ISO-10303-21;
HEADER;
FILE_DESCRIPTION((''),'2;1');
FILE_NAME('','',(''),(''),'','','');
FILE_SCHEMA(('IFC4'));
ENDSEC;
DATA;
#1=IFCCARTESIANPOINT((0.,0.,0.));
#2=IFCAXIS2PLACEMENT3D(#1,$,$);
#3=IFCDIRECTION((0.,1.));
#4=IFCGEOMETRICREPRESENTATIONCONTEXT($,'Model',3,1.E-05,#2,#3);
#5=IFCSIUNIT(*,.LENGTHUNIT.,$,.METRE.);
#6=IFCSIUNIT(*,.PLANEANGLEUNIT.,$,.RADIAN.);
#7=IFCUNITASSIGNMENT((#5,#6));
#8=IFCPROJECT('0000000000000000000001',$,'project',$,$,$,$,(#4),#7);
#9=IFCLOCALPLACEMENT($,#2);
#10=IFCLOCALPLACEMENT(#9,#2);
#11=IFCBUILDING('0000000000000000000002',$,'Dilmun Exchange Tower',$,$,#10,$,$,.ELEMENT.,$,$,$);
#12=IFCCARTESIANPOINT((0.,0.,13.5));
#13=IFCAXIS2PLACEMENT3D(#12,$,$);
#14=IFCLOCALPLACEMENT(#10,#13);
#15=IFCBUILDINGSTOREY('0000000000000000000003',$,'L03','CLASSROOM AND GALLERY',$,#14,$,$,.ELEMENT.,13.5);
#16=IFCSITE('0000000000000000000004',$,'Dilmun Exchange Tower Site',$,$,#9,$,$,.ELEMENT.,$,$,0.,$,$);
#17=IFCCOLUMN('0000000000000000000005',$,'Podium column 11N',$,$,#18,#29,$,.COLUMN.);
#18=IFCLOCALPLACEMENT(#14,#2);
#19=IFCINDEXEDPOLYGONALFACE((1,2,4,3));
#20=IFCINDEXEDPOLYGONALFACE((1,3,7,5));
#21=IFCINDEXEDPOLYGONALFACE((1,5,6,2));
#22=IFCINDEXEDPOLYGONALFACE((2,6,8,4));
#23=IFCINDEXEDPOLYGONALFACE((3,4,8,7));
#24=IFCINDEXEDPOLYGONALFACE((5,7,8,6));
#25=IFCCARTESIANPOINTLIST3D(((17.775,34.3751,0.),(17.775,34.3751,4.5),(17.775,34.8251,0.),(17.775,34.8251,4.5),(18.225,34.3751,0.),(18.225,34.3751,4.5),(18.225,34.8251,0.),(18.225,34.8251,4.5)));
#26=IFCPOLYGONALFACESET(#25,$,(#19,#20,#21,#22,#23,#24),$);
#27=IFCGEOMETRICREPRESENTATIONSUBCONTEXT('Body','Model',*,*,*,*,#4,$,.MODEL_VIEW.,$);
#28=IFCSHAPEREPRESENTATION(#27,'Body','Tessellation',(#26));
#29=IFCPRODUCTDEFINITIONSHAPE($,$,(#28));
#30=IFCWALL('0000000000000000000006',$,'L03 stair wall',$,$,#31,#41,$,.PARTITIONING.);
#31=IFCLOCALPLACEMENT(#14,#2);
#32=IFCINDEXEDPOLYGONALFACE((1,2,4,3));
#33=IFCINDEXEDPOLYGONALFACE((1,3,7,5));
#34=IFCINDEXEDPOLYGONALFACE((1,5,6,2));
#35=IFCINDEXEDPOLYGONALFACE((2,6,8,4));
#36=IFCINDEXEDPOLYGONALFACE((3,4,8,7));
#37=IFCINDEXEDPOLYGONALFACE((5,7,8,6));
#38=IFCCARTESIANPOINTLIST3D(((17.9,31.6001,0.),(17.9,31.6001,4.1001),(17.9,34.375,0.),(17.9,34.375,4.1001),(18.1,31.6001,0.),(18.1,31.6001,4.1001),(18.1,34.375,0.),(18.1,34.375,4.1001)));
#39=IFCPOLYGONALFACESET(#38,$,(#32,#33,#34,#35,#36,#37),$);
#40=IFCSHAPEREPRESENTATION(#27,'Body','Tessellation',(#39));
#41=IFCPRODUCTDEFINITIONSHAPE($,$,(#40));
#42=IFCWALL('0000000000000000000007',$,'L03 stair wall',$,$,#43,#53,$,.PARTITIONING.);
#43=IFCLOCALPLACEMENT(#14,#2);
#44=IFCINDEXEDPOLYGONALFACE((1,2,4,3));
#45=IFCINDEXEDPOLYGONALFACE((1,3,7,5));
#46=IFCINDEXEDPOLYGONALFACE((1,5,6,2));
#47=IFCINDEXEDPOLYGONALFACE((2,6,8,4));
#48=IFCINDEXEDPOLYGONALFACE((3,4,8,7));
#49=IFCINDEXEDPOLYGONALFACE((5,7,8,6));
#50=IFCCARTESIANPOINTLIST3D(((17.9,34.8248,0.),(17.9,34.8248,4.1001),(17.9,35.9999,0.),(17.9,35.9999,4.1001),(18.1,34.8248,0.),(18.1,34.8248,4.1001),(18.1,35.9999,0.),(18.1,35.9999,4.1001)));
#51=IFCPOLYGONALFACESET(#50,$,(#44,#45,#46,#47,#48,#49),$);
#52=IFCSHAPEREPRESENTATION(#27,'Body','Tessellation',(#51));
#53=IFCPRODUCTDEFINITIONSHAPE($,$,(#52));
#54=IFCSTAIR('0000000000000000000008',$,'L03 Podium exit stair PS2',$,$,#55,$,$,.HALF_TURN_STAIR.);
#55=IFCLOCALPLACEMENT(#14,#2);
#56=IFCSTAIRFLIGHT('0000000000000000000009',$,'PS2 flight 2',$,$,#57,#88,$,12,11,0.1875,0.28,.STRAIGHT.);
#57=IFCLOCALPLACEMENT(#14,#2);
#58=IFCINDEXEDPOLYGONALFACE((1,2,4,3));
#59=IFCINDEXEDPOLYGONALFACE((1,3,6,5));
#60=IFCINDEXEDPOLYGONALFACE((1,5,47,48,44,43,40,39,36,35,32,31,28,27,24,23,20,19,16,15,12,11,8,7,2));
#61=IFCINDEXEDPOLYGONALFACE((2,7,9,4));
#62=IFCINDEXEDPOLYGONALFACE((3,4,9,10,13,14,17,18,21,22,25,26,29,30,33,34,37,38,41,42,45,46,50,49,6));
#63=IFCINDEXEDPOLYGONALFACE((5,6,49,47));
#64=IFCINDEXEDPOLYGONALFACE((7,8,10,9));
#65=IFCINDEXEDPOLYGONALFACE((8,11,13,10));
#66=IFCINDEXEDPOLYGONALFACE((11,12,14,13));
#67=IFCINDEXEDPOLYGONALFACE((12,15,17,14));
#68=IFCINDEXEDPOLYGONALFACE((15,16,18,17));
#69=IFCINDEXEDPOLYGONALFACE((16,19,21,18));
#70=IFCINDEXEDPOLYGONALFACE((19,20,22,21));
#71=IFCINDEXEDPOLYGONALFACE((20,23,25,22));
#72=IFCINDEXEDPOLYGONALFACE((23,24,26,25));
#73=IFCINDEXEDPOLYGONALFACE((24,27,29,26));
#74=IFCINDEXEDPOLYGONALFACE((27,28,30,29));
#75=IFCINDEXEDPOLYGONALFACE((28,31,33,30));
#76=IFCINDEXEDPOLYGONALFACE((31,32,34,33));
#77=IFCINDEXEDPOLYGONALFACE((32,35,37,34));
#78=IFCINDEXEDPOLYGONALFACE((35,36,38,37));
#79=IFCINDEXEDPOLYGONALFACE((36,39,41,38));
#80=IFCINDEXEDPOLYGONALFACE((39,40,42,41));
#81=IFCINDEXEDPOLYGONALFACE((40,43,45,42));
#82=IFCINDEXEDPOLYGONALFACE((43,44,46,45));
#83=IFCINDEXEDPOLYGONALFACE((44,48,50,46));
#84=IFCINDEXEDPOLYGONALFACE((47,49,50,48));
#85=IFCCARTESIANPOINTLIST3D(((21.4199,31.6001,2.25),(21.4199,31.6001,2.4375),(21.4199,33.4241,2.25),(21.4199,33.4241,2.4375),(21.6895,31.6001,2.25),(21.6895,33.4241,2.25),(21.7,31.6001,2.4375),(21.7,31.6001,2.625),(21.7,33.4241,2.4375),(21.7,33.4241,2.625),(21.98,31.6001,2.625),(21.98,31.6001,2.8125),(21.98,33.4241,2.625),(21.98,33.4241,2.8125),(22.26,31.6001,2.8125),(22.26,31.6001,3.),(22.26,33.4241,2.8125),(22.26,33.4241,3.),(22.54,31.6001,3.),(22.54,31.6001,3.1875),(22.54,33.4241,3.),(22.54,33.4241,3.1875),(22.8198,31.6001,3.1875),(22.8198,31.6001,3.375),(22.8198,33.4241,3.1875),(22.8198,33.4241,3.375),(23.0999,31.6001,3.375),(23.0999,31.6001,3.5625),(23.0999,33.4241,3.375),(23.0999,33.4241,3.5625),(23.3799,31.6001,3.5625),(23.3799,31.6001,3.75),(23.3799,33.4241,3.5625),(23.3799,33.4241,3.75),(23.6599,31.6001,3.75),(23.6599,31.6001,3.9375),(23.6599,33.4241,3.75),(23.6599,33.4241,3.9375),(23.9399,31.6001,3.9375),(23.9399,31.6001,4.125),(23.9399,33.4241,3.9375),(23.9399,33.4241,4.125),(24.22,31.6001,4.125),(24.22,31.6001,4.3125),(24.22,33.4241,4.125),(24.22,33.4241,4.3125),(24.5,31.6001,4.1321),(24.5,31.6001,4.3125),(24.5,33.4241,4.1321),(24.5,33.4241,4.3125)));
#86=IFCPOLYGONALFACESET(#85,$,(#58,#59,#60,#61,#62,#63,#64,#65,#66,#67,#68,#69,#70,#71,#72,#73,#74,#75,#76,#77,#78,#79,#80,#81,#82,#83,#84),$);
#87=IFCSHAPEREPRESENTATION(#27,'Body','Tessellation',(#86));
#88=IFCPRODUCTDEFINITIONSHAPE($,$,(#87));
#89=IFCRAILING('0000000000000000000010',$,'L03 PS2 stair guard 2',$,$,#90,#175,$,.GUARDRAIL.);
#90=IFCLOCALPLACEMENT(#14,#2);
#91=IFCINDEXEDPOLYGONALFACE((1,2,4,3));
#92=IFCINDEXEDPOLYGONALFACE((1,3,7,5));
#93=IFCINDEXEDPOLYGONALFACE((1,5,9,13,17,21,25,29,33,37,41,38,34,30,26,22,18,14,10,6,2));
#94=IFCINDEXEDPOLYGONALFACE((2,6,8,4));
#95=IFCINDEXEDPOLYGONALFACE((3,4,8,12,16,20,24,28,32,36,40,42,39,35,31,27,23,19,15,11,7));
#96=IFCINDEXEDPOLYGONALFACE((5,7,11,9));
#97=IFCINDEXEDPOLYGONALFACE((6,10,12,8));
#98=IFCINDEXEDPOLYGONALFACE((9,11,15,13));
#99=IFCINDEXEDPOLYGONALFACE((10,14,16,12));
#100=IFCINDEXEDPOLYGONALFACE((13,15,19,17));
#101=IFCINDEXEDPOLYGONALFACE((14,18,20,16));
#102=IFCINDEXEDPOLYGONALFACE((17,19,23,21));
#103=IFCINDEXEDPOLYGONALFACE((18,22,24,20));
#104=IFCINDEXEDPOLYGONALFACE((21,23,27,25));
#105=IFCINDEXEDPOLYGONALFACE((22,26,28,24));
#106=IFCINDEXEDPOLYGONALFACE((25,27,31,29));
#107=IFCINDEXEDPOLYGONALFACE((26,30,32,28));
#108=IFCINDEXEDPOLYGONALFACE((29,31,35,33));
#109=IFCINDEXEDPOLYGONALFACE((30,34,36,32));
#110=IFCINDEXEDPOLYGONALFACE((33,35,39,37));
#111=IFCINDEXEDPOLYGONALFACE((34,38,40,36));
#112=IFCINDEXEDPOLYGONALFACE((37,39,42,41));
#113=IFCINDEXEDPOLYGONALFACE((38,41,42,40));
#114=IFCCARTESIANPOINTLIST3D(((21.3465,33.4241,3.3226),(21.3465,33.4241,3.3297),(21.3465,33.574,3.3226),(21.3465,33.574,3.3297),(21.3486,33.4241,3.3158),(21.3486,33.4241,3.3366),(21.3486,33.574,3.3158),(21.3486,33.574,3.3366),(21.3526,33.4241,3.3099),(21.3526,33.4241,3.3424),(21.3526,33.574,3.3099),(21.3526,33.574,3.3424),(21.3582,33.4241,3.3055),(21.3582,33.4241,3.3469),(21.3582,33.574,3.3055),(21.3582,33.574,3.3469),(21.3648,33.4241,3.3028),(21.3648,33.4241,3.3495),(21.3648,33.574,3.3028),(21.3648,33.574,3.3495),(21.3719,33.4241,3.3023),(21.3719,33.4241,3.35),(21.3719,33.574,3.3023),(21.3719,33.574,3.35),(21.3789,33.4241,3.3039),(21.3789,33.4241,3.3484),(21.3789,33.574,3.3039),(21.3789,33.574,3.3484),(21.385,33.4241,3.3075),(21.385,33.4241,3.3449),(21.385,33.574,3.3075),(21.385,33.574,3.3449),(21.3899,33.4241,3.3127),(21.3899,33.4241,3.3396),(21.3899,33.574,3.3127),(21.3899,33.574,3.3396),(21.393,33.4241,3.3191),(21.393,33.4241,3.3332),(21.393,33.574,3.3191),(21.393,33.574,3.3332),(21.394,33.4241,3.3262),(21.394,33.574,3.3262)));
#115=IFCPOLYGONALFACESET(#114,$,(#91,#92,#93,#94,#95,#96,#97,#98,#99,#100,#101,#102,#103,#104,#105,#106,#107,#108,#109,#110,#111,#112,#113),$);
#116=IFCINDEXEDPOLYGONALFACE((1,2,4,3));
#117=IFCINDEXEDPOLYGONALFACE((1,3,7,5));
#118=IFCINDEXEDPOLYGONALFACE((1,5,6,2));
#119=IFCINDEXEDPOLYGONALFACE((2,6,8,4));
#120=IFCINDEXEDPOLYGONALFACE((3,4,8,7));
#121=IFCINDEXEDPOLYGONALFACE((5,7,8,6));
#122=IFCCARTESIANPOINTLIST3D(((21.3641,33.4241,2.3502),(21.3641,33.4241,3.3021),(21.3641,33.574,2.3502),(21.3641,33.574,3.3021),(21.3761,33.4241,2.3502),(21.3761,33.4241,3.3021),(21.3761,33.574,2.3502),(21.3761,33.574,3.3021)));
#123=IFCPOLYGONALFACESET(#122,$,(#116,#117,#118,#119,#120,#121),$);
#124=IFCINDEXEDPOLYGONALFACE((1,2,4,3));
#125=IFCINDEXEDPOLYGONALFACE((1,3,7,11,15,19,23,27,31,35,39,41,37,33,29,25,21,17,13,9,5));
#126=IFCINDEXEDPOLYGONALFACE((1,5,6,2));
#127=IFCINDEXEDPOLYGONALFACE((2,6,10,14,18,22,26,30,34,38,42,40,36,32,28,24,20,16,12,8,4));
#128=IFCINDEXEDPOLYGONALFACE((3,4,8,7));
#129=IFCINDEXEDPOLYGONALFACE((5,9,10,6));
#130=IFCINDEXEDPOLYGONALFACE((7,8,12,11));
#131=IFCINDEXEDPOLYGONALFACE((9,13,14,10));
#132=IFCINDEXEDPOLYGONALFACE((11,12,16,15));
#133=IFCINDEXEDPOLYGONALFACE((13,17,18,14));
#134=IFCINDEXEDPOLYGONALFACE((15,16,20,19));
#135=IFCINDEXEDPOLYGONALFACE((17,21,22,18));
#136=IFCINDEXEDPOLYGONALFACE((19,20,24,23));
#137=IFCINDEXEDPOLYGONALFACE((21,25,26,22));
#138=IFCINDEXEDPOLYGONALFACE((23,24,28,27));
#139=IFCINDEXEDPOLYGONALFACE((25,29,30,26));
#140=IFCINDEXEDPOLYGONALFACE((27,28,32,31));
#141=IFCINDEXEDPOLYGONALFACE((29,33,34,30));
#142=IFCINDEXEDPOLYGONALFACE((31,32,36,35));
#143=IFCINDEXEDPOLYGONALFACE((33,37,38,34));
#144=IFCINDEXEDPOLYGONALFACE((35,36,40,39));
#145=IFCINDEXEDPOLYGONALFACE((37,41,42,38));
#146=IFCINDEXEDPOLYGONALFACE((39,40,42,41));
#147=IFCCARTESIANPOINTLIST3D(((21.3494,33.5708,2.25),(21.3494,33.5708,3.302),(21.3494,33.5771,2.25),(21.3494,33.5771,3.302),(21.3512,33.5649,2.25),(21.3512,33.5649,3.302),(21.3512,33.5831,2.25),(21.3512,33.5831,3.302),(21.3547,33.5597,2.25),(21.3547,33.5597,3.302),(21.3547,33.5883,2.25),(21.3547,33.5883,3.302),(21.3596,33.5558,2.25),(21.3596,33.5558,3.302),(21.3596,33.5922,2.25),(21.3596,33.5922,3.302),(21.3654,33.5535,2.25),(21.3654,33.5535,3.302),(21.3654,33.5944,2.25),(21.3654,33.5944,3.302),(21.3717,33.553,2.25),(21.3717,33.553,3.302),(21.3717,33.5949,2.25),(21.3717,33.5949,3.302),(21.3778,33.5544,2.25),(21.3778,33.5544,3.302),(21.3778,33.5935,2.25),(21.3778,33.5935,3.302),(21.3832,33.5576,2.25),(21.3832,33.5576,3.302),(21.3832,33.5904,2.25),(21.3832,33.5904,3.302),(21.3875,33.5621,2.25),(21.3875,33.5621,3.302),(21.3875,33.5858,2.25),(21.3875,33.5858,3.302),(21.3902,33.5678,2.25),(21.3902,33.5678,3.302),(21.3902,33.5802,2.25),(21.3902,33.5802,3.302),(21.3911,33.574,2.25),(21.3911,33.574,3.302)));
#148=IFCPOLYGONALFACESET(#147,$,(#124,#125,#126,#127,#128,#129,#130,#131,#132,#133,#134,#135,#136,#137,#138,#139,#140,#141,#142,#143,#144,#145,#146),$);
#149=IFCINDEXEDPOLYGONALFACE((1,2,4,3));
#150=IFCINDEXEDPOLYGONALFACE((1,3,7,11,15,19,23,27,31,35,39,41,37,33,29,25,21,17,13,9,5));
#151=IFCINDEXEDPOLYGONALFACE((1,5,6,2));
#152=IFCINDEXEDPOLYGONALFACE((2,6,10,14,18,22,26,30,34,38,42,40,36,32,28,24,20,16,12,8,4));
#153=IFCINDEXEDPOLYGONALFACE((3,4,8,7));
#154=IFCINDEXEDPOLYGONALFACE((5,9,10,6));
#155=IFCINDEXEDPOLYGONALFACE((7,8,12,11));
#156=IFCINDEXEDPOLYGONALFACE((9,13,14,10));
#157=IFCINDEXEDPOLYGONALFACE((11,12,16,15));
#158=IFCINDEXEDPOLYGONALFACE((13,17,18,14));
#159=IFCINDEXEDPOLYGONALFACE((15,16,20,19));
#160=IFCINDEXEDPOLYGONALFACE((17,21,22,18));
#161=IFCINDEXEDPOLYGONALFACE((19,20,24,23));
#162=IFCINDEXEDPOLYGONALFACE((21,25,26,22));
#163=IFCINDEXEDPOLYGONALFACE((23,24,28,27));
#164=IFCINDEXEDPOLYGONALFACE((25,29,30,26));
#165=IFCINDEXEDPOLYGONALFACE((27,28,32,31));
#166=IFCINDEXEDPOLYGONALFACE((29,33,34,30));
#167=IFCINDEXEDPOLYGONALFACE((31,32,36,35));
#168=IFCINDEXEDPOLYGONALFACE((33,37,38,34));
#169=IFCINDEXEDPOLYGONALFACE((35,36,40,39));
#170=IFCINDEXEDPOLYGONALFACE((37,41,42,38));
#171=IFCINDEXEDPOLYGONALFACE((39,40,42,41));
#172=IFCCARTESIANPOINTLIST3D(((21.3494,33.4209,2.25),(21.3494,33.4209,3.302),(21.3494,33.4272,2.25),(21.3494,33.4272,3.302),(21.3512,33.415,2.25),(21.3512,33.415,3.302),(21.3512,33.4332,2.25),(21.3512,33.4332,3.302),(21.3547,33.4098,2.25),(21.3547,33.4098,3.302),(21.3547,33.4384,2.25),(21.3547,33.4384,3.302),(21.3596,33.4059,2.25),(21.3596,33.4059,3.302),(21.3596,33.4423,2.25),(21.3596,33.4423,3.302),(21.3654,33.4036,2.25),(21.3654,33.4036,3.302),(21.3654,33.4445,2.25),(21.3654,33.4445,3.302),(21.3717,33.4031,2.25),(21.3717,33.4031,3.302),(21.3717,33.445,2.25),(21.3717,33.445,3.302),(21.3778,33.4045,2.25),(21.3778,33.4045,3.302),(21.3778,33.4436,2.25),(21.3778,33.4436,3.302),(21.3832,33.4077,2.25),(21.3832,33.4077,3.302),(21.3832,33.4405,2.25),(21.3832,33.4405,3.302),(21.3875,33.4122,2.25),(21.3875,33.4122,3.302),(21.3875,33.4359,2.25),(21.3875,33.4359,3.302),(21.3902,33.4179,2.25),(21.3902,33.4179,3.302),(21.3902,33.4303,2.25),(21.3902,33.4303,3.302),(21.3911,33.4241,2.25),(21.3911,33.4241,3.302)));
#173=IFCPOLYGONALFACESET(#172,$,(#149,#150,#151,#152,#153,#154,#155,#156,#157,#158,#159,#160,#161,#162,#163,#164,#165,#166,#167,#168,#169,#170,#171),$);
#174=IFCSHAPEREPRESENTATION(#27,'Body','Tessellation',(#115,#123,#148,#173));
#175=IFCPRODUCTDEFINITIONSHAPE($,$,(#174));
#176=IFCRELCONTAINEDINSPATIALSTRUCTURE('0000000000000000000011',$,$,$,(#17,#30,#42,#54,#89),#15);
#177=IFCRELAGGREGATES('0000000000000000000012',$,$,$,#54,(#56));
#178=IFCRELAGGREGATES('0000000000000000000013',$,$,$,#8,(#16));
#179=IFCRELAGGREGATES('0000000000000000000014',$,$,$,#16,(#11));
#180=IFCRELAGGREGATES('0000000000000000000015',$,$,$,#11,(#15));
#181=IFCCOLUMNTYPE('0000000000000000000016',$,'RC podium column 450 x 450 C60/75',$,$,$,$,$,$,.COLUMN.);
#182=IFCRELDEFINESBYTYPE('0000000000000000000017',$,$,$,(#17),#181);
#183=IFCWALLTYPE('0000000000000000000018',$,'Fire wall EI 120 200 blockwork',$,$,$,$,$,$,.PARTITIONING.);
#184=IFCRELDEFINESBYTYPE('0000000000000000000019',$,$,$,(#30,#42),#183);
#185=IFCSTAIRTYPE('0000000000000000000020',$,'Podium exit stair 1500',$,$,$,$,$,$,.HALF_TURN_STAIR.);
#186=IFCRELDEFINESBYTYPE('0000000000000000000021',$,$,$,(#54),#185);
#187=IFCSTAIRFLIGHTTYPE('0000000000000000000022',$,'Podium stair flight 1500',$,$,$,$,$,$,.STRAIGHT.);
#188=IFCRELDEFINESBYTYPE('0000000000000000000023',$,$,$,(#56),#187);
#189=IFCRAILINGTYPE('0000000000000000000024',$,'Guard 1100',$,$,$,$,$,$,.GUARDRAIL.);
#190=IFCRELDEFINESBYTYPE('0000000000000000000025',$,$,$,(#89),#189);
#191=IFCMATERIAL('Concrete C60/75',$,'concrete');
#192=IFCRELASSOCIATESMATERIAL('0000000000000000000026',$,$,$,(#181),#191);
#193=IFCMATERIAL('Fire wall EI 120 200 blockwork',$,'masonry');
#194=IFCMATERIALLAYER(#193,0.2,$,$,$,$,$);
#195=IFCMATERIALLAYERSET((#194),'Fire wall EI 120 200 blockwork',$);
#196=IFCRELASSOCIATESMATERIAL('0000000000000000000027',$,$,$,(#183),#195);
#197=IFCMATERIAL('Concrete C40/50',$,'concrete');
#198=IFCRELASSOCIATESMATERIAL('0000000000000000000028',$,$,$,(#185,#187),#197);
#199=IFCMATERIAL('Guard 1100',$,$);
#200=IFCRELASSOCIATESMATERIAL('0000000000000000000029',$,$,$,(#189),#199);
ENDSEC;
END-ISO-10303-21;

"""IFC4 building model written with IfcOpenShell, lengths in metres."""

from ifc_helpers import new_model, si_unit, direction, frame, frame_2d, origin, origin_2d, place, context, subcontext, project, spatial, polyline, rectangle, circle, outline, extrude, material, layer, layer_set, material_profile, profile_set, type_object, element, aggregate, save


model = new_model("IFC4")

# Units and contexts
model_context = context("Model", 3, precision=1e-05, world=origin(), true_north=direction((0.0, 1.0)))
body_context = subcontext(model_context, "Body", "Model", "MODEL_VIEW")
ifc_project = project(units=[si_unit("LENGTHUNIT", "METRE"), si_unit("PLANEANGLEUNIT", "RADIAN")], contexts=[model_context])

# Site, building, storey
site_placement = place(None, origin())
site = spatial("IfcSite", under=ifc_project, at=site_placement, Name="Dilmun Exchange Tower Site", CompositionType="ELEMENT", RefElevation=0.0)
building_placement = place(site_placement, origin())
building = spatial("IfcBuilding", under=site, at=building_placement, Name="Dilmun Exchange Tower", CompositionType="ELEMENT")
storey_placement = place(building_placement, frame((0.0, 0.0, 13.5)))
storey = spatial("IfcBuildingStorey", under=building, at=storey_placement, Name="L03", Description="CLASSROOM AND GALLERY", CompositionType="ELEMENT", Elevation=13.5)

# Column
ifc_material_1 = material(Name="Concrete C60/75", Category="concrete")
ifc_material_profile = material_profile(ifc_material_1, rectangle(XDim=0.45, YDim=0.45, at=origin_2d()), Name="450 x 450")
ifc_profile_set = profile_set([ifc_material_profile], Name="Concrete C60/75")
column_type = type_object("IfcColumnType", Name="RC podium column 450 x 450 C60/75", PredefinedType="COLUMN", material=ifc_profile_set)
column_placement = place(storey_placement, frame((18.0, 34.6001, 0.0), z_axis=(0.0, 0.0, 1.0), x_axis=(1.0, 0.0, 0.0)))
element("IfcColumn", 1, at=column_placement, inside=storey, type_object=column_type, Name="Podium column 11N", PredefinedType="COLUMN", context=body_context, shape_type="SweptSolid", body=[
    extrude(rectangle(XDim=0.45, YDim=0.45, at=origin_2d()), origin(), (0.0, 0.0, 1.0), 4.5),
])

# Walls
ifc_material_2 = material(Name="Fire wall EI 120 200 blockwork", Category="masonry")
ifc_layer = layer(ifc_material_2, 0.2)
ifc_layer_set = layer_set([ifc_layer], Name="Fire wall EI 120 200 blockwork")
wall_type = type_object("IfcWallType", Name="Fire wall EI 120 200 blockwork", PredefinedType="PARTITIONING", material=ifc_layer_set)
wall_1_placement = place(storey_placement, frame((18.0, 31.6001, 0.0), z_axis=(0.0, 0.0, 1.0), x_axis=(0.0, 1.0, 0.0)))
element("IfcWall", 2, at=wall_1_placement, inside=storey, type_object=wall_type, Name="L03 stair wall", PredefinedType="PARTITIONING", context=body_context, shape_type="SweptSolid", body=[
    extrude(rectangle(XDim=2.7749, YDim=0.2, at=frame_2d((1.3875, 0.0))), origin(), (0.0, 0.0, 1.0), 4.1001),
])
wall_2_placement = place(storey_placement, frame((18.0, 34.825, 0.0), z_axis=(0.0, 0.0, 1.0), x_axis=(0.0, 1.0, 0.0)))
element("IfcWall", 3, at=wall_2_placement, inside=storey, type_object=wall_type, Name="L03 stair wall", PredefinedType="PARTITIONING", context=body_context, shape_type="SweptSolid", body=[
    extrude(rectangle(XDim=1.175, YDim=0.2, at=frame_2d((0.5874, 0.0))), origin(), (0.0, 0.0, 1.0), 4.1001),
])

# Stair, stair flight
ifc_material_3 = material(Name="Concrete C40/50", Category="concrete")
stair_type = type_object("IfcStairType", Name="Podium exit stair 1500", PredefinedType="HALF_TURN_STAIR", material=ifc_material_3)
stair_placement = place(storey_placement, origin())
stair = element("IfcStair", 4, at=stair_placement, inside=storey, type_object=stair_type, Name="L03 Podium exit stair PS2", PredefinedType="HALF_TURN_STAIR")
stair_flight_type = type_object("IfcStairFlightType", Name="Podium stair flight 1500", PredefinedType="STRAIGHT", material=ifc_material_3)
stair_flight_placement = place(storey_placement, frame((21.4199, 32.512, 2.25), z_axis=(0.0, 0.0, 1.0), x_axis=(1.0, 0.0, 0.0)))
stair_flight = element("IfcStairFlight", 5, at=stair_flight_placement, type_object=stair_flight_type, Name="PS2 flight 2", NumberOfRisers=12, NumberOfTreads=11, PredefinedType="STRAIGHT", RiserHeight=0.1875, TreadLength=0.28, context=body_context, shape_type="SweptSolid", body=[
    extrude(outline(polyline([(0.0, 0.0), (0.0, 0.1875), (0.28, 0.1875), (0.28, 0.375), (0.5601, 0.375), (0.5601, 0.5625), (0.8401, 0.5625), (0.8401, 0.75), (1.1201, 0.75), (1.1201, 0.9375), (1.3999, 0.9375), (1.3999, 1.125), (1.6799, 1.125), (1.6799, 1.3125), (1.96, 1.3125), (1.96, 1.5), (2.24, 1.5), (2.24, 1.6875), (2.52, 1.6875), (2.52, 1.875), (2.8, 1.875), (2.8, 2.0625), (3.0801, 2.0625), (3.0801, 2.25), (3.0801, 1.8821), (0.2695, 0.0), (0.0, 0.0)])), frame((0.0, 0.9121, 0.0), z_axis=(0.0, -1.0, 0.0), x_axis=(1.0, 0.0, 0.0)), (0.0, 0.0, 1.0), 1.824),
])
aggregate(stair, [stair_flight])

# Railing
ifc_material_4 = material(Name="Guard 1100")
railing_type_1 = type_object("IfcRailingType", Name="Guard 1100", PredefinedType="GUARDRAIL", material=ifc_material_4)
railing_1_placement = place(storey_placement, frame((21.3701, 33.574, 2.25)))
element("IfcRailing", 6, at=railing_1_placement, inside=storey, type_object=railing_type_1, Name="L03 PS2 stair guard 2", PredefinedType="GUARDRAIL", context=body_context, shape_type="SweptSolid", body=[
    extrude(circle(Radius=0.0239, at=origin_2d()), frame((0.0, 0.0, 1.0762), z_axis=(0.0, -1.0, 0.0), x_axis=(1.0, 0.0, 0.0)), (0.0, 0.0, 1.0), 0.1499),
    extrude(rectangle(XDim=0.012, YDim=0.9519, at=origin_2d()), frame((0.0, 0.0, 0.5762), z_axis=(0.0, -1.0, 0.0), x_axis=(1.0, 0.0, 0.0)), (0.0, 0.0, 1.0), 0.1499),
    extrude(circle(Radius=0.021, at=origin_2d()), origin(), (0.0, 0.0, 1.0), 1.052),
    extrude(circle(Radius=0.021, at=origin_2d()), frame((0.0, -0.1499, 0.0)), (0.0, 0.0, 1.0), 1.052),
])

save(model, "model.ifc")
